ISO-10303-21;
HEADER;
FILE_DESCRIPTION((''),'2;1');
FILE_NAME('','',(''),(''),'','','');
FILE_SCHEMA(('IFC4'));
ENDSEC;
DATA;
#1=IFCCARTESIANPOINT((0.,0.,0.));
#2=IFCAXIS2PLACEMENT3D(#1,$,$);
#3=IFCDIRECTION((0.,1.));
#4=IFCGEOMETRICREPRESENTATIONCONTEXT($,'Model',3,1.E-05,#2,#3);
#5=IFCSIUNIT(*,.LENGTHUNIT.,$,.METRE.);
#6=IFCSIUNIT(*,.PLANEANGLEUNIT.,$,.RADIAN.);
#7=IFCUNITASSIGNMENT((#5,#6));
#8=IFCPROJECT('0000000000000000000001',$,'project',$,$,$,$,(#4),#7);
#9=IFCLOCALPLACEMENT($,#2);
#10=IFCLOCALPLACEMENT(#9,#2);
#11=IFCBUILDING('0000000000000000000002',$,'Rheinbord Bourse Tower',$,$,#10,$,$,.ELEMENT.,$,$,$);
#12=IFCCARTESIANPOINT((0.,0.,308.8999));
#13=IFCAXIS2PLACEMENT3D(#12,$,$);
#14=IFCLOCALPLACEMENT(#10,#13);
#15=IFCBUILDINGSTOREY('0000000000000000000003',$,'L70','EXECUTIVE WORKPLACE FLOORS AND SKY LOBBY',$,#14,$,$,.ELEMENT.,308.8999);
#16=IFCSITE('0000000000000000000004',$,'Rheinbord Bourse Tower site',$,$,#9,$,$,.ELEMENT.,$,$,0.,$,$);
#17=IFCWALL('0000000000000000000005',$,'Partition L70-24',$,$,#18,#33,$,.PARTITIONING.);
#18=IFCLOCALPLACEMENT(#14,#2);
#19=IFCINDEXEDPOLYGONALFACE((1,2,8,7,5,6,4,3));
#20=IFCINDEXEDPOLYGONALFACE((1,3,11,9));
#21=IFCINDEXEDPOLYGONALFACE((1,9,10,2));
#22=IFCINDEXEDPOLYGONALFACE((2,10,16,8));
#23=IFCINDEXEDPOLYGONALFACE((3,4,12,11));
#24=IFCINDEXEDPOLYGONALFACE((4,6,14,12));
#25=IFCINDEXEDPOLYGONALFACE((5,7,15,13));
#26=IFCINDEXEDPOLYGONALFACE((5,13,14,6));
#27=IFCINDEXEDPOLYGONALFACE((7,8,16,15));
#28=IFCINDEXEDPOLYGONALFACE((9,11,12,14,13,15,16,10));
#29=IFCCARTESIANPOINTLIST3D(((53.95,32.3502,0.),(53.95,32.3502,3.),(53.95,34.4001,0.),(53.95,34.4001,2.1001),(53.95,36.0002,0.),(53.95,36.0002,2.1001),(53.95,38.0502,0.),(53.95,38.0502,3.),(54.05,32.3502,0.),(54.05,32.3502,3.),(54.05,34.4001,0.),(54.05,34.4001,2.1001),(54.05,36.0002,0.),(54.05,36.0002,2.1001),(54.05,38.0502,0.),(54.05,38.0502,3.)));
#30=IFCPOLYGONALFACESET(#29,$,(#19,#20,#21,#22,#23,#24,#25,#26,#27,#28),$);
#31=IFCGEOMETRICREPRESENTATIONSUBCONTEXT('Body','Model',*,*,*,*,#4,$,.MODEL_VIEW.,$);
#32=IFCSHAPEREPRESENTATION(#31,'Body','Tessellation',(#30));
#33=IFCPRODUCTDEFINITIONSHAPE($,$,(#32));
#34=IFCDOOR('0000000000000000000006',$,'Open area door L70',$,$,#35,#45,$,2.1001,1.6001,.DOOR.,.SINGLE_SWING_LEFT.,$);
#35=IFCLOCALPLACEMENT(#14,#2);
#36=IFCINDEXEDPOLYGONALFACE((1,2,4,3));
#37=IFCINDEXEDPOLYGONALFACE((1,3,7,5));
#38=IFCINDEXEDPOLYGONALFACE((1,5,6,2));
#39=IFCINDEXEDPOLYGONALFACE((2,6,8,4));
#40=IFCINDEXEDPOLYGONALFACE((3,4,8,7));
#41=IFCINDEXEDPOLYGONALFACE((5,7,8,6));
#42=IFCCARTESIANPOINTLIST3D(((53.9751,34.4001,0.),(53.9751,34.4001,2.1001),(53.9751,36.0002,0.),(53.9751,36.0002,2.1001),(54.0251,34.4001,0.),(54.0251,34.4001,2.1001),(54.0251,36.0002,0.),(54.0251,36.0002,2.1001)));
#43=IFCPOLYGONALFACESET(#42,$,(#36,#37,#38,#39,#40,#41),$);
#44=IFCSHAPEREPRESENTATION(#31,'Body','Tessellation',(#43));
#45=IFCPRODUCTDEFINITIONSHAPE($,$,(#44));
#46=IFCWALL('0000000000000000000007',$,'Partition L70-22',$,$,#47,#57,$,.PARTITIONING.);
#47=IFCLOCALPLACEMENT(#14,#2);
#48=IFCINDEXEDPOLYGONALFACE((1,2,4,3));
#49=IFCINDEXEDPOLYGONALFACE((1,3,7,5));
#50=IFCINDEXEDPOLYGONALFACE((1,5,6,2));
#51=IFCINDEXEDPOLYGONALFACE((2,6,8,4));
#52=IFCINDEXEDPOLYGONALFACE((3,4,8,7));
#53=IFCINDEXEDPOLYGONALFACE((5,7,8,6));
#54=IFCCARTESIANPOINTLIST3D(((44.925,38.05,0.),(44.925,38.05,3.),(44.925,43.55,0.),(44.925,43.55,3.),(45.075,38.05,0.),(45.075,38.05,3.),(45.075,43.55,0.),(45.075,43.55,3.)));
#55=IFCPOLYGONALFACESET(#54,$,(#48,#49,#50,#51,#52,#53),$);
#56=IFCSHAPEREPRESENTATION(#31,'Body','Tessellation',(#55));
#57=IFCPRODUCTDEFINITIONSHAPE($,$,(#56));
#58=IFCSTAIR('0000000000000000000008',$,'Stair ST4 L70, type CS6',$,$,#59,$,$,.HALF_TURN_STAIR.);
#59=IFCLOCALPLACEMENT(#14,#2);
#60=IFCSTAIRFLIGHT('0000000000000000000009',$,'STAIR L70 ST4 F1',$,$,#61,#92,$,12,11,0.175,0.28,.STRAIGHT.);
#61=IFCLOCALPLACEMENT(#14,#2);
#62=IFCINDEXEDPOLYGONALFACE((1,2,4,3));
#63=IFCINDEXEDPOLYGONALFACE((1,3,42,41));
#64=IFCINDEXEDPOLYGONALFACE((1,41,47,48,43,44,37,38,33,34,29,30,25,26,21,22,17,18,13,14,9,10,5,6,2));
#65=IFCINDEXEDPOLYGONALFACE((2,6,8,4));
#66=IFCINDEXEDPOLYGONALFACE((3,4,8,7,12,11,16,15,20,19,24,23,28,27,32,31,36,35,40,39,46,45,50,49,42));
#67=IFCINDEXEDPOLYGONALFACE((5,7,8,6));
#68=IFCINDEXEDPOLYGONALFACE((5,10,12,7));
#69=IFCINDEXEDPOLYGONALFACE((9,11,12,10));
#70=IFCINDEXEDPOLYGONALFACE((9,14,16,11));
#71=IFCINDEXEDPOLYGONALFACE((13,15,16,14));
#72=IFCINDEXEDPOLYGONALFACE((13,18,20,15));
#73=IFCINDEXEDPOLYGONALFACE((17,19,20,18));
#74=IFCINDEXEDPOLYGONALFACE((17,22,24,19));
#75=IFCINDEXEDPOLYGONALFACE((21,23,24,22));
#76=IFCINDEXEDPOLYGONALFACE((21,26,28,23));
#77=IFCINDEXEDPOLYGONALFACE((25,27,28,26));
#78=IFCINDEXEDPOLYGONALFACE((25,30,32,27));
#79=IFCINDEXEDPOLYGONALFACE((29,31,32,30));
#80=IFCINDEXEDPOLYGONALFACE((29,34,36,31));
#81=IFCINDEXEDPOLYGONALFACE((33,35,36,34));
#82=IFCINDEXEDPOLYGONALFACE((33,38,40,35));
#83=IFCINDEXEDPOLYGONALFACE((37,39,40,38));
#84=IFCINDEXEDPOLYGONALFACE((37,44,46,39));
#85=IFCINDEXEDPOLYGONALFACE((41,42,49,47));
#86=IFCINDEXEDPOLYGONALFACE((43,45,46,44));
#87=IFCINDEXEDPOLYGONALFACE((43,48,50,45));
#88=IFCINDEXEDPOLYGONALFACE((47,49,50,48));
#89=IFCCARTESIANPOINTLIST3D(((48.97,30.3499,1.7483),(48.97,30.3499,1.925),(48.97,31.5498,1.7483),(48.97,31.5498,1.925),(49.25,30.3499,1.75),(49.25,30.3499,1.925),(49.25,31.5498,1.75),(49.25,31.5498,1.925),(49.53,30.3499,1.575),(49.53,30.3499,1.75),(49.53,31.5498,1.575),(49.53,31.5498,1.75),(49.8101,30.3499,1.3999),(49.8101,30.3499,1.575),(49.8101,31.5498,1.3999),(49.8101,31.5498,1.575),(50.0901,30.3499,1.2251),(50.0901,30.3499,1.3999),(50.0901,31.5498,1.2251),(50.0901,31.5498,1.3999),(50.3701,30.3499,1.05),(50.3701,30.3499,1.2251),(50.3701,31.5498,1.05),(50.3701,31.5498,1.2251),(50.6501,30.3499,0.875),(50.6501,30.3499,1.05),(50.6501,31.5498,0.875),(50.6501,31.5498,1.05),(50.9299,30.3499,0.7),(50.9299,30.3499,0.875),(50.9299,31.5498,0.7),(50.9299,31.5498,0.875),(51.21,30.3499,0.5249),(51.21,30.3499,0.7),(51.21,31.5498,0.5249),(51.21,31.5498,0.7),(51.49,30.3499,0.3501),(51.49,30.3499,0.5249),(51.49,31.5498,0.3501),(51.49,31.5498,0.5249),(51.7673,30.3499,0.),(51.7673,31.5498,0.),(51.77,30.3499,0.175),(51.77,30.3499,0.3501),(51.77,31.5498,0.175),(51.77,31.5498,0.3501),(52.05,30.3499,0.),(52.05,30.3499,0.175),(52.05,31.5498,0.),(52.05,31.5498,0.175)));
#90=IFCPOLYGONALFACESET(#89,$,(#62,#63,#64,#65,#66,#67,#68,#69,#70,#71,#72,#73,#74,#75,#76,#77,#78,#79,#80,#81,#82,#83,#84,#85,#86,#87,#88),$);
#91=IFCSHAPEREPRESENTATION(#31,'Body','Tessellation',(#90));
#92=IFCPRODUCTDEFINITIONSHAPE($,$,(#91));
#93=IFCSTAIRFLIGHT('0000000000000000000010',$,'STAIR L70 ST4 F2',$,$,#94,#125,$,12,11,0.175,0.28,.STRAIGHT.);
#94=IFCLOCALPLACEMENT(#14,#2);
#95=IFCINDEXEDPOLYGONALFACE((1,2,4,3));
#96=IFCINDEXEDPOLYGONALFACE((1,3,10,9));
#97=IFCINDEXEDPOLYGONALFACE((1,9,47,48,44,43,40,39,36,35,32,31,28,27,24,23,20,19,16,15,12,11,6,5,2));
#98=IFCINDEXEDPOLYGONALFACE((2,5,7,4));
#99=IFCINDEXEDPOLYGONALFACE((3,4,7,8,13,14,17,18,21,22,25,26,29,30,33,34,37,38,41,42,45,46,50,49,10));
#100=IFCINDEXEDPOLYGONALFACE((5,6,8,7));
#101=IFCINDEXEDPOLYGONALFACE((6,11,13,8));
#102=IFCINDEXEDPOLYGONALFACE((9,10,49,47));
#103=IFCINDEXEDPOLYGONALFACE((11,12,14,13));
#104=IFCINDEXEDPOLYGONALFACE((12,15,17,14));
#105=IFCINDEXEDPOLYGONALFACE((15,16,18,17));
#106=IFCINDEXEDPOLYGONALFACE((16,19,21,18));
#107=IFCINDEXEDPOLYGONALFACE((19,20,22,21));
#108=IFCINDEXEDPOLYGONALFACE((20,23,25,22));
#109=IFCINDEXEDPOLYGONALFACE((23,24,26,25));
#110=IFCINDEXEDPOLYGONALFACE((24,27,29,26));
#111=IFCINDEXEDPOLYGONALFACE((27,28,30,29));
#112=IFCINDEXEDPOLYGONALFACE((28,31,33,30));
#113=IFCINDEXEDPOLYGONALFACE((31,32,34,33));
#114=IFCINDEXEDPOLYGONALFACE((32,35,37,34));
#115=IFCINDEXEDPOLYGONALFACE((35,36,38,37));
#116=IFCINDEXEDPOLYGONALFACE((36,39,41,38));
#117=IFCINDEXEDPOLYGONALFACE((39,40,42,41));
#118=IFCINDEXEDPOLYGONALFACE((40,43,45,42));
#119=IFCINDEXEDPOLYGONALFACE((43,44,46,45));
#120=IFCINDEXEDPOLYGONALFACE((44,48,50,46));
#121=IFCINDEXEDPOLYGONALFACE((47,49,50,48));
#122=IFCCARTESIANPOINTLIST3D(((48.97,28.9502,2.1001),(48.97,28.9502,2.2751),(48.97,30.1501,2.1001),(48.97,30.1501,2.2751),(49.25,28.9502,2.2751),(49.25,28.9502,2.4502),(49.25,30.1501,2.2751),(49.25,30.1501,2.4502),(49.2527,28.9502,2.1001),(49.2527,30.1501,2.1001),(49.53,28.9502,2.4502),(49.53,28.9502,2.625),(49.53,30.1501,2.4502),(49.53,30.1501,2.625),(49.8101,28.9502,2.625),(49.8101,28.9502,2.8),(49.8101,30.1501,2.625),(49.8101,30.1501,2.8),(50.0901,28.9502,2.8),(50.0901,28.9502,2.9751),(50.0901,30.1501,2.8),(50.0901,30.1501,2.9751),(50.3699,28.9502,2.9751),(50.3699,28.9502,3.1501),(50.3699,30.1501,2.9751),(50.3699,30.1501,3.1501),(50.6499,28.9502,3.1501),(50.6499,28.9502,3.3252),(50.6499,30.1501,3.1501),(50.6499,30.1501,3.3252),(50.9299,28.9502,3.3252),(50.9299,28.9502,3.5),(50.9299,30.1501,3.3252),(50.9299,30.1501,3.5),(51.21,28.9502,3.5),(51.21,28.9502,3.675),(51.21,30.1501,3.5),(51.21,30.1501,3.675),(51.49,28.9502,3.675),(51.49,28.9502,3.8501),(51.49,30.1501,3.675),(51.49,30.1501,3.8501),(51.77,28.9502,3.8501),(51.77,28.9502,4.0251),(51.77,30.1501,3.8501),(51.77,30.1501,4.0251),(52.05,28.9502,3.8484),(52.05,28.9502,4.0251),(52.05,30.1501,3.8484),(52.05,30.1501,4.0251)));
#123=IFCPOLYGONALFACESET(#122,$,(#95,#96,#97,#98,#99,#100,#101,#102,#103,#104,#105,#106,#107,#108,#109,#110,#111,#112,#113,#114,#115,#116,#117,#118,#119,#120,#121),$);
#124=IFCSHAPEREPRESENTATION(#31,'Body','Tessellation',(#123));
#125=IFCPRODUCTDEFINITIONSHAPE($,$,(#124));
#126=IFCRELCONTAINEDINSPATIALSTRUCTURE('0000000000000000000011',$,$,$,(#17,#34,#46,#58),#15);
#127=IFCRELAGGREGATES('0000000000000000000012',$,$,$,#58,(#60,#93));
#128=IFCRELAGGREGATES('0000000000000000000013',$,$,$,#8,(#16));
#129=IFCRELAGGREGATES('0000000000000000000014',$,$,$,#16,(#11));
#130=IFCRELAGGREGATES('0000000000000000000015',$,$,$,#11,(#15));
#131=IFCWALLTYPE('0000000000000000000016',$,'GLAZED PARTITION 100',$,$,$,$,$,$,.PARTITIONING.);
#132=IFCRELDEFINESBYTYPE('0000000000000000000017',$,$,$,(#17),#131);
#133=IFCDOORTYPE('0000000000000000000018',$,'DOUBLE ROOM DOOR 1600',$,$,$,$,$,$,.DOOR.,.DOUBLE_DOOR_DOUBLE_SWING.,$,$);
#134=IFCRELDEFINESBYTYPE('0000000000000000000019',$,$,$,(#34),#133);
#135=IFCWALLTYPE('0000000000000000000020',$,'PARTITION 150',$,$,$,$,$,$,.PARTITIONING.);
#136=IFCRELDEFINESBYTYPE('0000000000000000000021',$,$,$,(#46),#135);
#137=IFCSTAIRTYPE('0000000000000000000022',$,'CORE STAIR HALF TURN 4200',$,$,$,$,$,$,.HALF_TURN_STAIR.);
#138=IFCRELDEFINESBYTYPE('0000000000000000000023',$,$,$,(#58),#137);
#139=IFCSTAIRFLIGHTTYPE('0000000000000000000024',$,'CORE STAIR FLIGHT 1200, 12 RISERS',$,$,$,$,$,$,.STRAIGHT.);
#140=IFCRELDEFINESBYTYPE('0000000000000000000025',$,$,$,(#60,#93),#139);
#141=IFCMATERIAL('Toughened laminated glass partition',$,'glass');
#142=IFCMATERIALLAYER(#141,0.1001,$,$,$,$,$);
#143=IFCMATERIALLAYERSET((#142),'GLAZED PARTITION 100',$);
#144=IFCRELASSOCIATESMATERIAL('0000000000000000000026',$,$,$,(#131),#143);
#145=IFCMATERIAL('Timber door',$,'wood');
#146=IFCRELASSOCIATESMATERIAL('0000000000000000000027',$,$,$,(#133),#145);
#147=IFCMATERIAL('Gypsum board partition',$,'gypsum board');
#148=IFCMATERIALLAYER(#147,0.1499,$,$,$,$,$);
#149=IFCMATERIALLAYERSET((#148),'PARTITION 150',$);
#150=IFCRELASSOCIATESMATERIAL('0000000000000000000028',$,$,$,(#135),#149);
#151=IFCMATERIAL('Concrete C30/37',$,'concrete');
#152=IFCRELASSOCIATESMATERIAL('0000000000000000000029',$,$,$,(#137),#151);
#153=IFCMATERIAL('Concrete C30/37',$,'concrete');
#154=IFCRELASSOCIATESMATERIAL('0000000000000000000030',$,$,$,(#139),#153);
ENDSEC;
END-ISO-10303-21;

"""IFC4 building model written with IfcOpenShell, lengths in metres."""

from ifc_helpers import new_model, si_unit, direction, frame, frame_2d, origin, place, context, subcontext, project, spatial, polyline, rectangle, outline, extrude, material, layer, layer_set, type_object, element, fill, aggregate, save


model = new_model("IFC4")

# Units and contexts
model_context = context("Model", 3, precision=1e-05, world=origin(), true_north=direction((0.0, 1.0)))
body_context = subcontext(model_context, "Body", "Model", "MODEL_VIEW")
ifc_project = project(units=[si_unit("LENGTHUNIT", "METRE"), si_unit("PLANEANGLEUNIT", "RADIAN")], contexts=[model_context])

# Site, building, storey
site_placement = place(None, origin())
site = spatial("IfcSite", under=ifc_project, at=site_placement, Name="Rheinbord Bourse Tower site", CompositionType="ELEMENT", RefElevation=0.0)
building_placement = place(site_placement, origin())
building = spatial("IfcBuilding", under=site, at=building_placement, Name="Rheinbord Bourse Tower", CompositionType="ELEMENT")
storey_placement = place(building_placement, frame((0.0, 0.0, 308.8999)))
storey = spatial("IfcBuildingStorey", under=building, at=storey_placement, Name="L70", Description="EXECUTIVE WORKPLACE FLOORS AND SKY LOBBY", CompositionType="ELEMENT", Elevation=308.8999)

# Wall, opening, door
ifc_material_1 = material(Name="Toughened laminated glass partition", Category="glass")
ifc_layer_1 = layer(ifc_material_1, 0.1001)
ifc_layer_set_1 = layer_set([ifc_layer_1], Name="GLAZED PARTITION 100")
wall_type_1 = type_object("IfcWallType", Name="GLAZED PARTITION 100", PredefinedType="PARTITIONING", material=ifc_layer_set_1)
wall_1_placement = place(storey_placement, frame((54.0, 32.3501, 0.0), z_axis=(0.0, 0.0, 1.0), x_axis=(0.0, 1.0, 0.0)))
wall_1 = element("IfcWall", 1, at=wall_1_placement, inside=storey, type_object=wall_type_1, Name="Partition L70-24", PredefinedType="PARTITIONING", context=body_context, shape_type="SweptSolid", body=[
    extrude(rectangle(XDim=5.7, YDim=0.1001, at=frame_2d((2.8501, 0.0))), origin(), (0.0, 0.0, 1.0), 3.0),
])
opening_1_placement = place(wall_1_placement, frame((2.05, 0.0, 0.0)))
opening_1 = element("IfcOpeningElement", 2, at=opening_1_placement, cuts=wall_1, PredefinedType="OPENING", context=body_context, shape_type="SweptSolid", body=[
    extrude(rectangle(XDim=1.6001, YDim=2.1001, at=frame_2d((0.8, 1.05))), frame((0.0, 0.0601, 0.0), z_axis=(0.0, -1.0, 0.0), x_axis=(1.0, 0.0, 0.0)), (0.0, 0.0, 1.0), 0.1201),
])
ifc_material_2 = material(Name="Timber door", Category="wood")
door_type_1 = type_object("IfcDoorType", Name="DOUBLE ROOM DOOR 1600", OperationType="DOUBLE_DOOR_DOUBLE_SWING", PredefinedType="DOOR", material=ifc_material_2)
door_1_placement = place(opening_1_placement, origin())
door_1 = element("IfcDoor", 3, at=door_1_placement, inside=storey, type_object=door_type_1, Name="Open area door L70", OperationType="SINGLE_SWING_LEFT", OverallHeight=2.1001, OverallWidth=1.6001, PredefinedType="DOOR", context=body_context, shape_type="SweptSolid", body=[
    extrude(rectangle(XDim=1.6001, YDim=2.1001, at=frame_2d((0.8, 1.05))), frame((0.0, 0.0249, 0.0), z_axis=(0.0, -1.0, 0.0), x_axis=(1.0, 0.0, 0.0)), (0.0, 0.0, 1.0), 0.05),
])
fill(opening_1, door_1)

# Wall
ifc_material_3 = material(Name="Gypsum board partition", Category="gypsum board")
ifc_layer_2 = layer(ifc_material_3, 0.1499)
ifc_layer_set_2 = layer_set([ifc_layer_2], Name="PARTITION 150")
wall_type_2 = type_object("IfcWallType", Name="PARTITION 150", PredefinedType="PARTITIONING", material=ifc_layer_set_2)
wall_2_placement = place(storey_placement, frame((45.0, 38.05, 0.0), z_axis=(0.0, 0.0, 1.0), x_axis=(0.0, 1.0, 0.0)))
element("IfcWall", 4, at=wall_2_placement, inside=storey, type_object=wall_type_2, Name="Partition L70-22", PredefinedType="PARTITIONING", context=body_context, shape_type="SweptSolid", body=[
    extrude(rectangle(XDim=5.5, YDim=0.1499, at=frame_2d((2.75, 0.0))), origin(), (0.0, 0.0, 1.0), 3.0),
])

# Stair, stair flights
ifc_material_4 = material(Name="Concrete C30/37", Category="concrete")
stair_type = type_object("IfcStairType", Name="CORE STAIR HALF TURN 4200", PredefinedType="HALF_TURN_STAIR", material=ifc_material_4)
stair_placement = place(storey_placement, origin())
stair = element("IfcStair", 5, at=stair_placement, inside=storey, type_object=stair_type, Name="Stair ST4 L70, type CS6", PredefinedType="HALF_TURN_STAIR")
ifc_material_5 = material(Name="Concrete C30/37", Category="concrete")
stair_flight_type = type_object("IfcStairFlightType", Name="CORE STAIR FLIGHT 1200, 12 RISERS", PredefinedType="STRAIGHT", material=ifc_material_5)
stair_flight_1_placement = place(storey_placement, frame((52.05, 30.95, 0.0), z_axis=(0.0, 0.0, 1.0), x_axis=(-1.0, 0.0, 0.0)))
stair_flight_1 = element("IfcStairFlight", 6, at=stair_flight_1_placement, type_object=stair_flight_type, Name="STAIR L70 ST4 F1", NumberOfRisers=12, NumberOfTreads=11, PredefinedType="STRAIGHT", RiserHeight=0.175, TreadLength=0.28, context=body_context, shape_type="SweptSolid", body=[
    extrude(outline(polyline([(0.0, 0.0), (0.0, 0.175), (0.28, 0.175), (0.28, 0.3501), (0.5601, 0.3501), (0.5601, 0.5249), (0.8401, 0.5249), (0.8401, 0.7), (1.1201, 0.7), (1.1201, 0.875), (1.3999, 0.875), (1.3999, 1.05), (1.6799, 1.05), (1.6799, 1.2251), (1.96, 1.2251), (1.96, 1.3999), (2.24, 1.3999), (2.24, 1.575), (2.52, 1.575), (2.52, 1.75), (2.8, 1.75), (2.8, 1.925), (3.0801, 1.925), (3.0801, 2.1001), (3.0801, 1.7483), (0.2827, 0.0), (0.0, 0.0)])), frame((0.0, 0.6001, 0.0), z_axis=(0.0, -1.0, 0.0), x_axis=(1.0, 0.0, 0.0)), (0.0, 0.0, 1.0), 1.2),
])
stair_flight_2_placement = place(storey_placement, frame((48.97, 29.55, 2.1001), z_axis=(0.0, 0.0, 1.0), x_axis=(1.0, 0.0, 0.0)))
stair_flight_2 = element("IfcStairFlight", 7, at=stair_flight_2_placement, type_object=stair_flight_type, Name="STAIR L70 ST4 F2", NumberOfRisers=12, NumberOfTreads=11, PredefinedType="STRAIGHT", RiserHeight=0.175, TreadLength=0.28, context=body_context, shape_type="SweptSolid", body=[
    extrude(outline(polyline([(0.0, 0.0), (0.0, 0.175), (0.28, 0.175), (0.28, 0.3501), (0.5601, 0.3501), (0.5601, 0.5249), (0.8401, 0.5249), (0.8401, 0.7), (1.1201, 0.7), (1.1201, 0.875), (1.3999, 0.875), (1.3999, 1.05), (1.6799, 1.05), (1.6799, 1.2251), (1.96, 1.2251), (1.96, 1.3999), (2.24, 1.3999), (2.24, 1.575), (2.52, 1.575), (2.52, 1.75), (2.8, 1.75), (2.8, 1.925), (3.0801, 1.925), (3.0801, 2.1001), (3.0801, 1.7483), (0.2827, 0.0), (0.0, 0.0)])), frame((0.0, 0.6001, 0.0), z_axis=(0.0, -1.0, 0.0), x_axis=(1.0, 0.0, 0.0)), (0.0, 0.0, 1.0), 1.2),
])
aggregate(stair, [stair_flight_1, stair_flight_2])

save(model, "model.ifc")
